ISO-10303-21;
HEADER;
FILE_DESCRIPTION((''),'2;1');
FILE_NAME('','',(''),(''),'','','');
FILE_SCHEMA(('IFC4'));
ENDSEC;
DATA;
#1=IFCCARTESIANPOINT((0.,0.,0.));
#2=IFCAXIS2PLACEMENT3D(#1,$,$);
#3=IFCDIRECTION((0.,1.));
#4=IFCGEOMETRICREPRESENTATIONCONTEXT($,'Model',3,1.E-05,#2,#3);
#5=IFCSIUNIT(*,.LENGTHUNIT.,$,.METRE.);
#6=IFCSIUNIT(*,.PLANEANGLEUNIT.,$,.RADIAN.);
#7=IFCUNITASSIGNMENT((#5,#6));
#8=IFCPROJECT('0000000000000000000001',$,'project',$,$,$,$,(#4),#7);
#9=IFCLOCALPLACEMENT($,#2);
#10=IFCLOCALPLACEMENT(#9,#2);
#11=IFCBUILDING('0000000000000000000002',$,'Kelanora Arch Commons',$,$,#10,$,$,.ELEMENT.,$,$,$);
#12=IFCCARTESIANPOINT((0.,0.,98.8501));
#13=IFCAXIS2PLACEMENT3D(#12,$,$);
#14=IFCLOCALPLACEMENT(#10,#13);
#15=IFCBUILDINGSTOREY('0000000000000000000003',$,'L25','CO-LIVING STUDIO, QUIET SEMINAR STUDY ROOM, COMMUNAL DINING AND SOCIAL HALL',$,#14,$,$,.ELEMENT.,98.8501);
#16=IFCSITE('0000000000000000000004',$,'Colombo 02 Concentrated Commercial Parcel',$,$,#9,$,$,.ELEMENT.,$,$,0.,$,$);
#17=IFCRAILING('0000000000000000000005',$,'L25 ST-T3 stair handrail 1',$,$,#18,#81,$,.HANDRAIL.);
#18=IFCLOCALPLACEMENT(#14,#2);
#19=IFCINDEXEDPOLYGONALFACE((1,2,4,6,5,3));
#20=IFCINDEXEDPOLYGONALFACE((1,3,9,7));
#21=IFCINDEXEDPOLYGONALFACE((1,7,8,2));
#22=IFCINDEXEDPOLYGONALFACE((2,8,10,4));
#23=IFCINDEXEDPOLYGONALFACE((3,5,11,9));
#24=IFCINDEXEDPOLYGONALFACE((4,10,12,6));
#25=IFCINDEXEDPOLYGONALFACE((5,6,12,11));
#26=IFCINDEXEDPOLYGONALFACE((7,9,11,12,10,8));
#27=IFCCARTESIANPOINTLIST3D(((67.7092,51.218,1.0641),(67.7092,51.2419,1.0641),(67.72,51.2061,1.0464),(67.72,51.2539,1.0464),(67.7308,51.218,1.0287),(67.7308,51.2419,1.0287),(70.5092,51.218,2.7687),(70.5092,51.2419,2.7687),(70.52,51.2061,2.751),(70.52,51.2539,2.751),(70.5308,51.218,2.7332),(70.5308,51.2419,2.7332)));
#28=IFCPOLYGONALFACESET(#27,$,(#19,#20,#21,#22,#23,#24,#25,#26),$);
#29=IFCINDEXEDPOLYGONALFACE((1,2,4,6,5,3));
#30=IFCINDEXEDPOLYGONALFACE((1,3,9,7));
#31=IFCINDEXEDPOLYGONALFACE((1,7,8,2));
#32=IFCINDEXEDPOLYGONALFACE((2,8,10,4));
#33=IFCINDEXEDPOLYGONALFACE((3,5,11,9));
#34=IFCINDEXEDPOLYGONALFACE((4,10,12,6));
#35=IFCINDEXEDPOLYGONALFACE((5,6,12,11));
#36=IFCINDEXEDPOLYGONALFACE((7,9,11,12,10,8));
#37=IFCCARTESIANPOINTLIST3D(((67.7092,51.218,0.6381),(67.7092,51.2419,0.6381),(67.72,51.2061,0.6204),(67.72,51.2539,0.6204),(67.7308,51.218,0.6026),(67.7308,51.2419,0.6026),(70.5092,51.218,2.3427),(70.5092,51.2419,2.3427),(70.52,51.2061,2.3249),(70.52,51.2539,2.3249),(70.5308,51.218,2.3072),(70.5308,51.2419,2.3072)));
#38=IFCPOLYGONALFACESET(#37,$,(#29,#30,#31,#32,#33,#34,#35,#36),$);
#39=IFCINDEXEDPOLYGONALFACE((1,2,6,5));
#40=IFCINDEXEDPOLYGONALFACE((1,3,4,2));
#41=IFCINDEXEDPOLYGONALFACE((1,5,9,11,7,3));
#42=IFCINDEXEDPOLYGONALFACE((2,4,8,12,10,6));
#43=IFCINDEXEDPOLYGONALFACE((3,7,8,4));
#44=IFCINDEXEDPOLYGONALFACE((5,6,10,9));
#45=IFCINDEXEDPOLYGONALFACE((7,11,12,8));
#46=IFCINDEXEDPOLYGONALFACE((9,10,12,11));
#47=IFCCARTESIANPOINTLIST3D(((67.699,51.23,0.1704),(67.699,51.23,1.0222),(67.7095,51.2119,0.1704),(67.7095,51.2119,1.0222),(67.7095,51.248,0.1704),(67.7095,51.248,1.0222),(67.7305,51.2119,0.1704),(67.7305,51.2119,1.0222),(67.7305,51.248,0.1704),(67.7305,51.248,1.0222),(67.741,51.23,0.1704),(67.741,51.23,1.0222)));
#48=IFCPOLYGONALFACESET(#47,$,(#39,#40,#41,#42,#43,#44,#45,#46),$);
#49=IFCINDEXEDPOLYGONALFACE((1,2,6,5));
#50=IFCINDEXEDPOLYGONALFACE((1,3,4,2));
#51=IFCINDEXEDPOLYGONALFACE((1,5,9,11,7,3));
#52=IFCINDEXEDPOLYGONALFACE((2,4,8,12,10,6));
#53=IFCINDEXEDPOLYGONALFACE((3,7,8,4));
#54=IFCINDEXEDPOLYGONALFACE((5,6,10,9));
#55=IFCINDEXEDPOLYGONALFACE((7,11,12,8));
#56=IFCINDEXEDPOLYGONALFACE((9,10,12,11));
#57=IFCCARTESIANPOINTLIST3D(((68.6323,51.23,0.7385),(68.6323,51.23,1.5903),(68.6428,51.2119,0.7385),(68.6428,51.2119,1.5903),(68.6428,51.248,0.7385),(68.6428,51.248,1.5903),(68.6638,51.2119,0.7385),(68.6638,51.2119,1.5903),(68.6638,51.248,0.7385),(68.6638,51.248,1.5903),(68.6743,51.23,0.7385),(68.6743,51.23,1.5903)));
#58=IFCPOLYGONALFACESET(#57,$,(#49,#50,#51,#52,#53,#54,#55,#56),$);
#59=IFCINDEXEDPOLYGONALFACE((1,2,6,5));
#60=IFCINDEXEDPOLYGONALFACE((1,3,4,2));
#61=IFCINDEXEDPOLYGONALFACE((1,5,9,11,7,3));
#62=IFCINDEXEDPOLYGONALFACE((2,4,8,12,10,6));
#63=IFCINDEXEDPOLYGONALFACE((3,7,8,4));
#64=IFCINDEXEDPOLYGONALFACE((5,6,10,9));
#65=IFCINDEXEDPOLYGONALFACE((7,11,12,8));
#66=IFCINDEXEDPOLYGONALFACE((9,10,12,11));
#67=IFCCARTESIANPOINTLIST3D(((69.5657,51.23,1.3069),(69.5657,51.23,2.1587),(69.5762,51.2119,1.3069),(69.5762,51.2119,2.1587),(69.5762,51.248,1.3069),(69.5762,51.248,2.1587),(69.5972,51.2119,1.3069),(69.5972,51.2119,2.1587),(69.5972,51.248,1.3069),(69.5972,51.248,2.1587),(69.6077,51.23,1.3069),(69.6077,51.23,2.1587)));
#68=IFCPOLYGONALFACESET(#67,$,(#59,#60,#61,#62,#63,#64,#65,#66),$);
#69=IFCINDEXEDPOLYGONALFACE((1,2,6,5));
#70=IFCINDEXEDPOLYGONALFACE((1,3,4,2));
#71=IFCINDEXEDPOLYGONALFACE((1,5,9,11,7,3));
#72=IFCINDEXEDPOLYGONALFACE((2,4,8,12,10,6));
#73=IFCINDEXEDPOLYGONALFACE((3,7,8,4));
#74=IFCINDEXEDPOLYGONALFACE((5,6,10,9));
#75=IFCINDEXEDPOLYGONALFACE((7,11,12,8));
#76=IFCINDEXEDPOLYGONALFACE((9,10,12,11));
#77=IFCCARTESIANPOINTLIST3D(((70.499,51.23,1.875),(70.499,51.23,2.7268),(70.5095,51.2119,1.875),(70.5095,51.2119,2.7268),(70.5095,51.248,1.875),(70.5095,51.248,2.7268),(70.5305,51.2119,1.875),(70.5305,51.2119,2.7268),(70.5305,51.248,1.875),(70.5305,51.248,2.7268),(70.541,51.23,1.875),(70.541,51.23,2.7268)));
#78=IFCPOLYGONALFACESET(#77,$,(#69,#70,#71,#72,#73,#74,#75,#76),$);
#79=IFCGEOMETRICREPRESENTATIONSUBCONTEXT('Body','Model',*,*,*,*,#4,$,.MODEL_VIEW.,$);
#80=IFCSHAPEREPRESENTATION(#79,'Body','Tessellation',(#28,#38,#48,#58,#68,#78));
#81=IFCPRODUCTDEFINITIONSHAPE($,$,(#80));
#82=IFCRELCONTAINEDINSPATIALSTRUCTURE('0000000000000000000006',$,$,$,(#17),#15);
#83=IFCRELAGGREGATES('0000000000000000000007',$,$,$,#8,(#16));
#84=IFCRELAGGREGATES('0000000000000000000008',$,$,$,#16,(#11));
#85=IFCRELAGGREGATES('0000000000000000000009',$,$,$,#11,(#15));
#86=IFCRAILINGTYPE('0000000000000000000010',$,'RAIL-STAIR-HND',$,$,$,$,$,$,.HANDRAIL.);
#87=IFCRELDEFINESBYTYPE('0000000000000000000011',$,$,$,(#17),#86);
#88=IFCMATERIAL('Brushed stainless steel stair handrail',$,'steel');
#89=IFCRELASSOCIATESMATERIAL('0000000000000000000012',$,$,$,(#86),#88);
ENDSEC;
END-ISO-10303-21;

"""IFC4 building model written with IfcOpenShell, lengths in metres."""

from ifc_helpers import new_model, si_unit, direction, frame, origin, place, context, subcontext, project, spatial, polyline, outline, extrude, material, type_object, element, save


model = new_model("IFC4")

# Units and contexts
model_context = context("Model", 3, precision=1e-05, world=origin(), true_north=direction((0.0, 1.0)))
body_context = subcontext(model_context, "Body", "Model", "MODEL_VIEW")
ifc_project = project(units=[si_unit("LENGTHUNIT", "METRE"), si_unit("PLANEANGLEUNIT", "RADIAN")], contexts=[model_context])

# Site, building, storey
site_placement = place(None, origin())
site = spatial("IfcSite", under=ifc_project, at=site_placement, Name="Colombo 02 Concentrated Commercial Parcel", CompositionType="ELEMENT", RefElevation=0.0)
building_placement = place(site_placement, origin())
building = spatial("IfcBuilding", under=site, at=building_placement, Name="Kelanora Arch Commons", CompositionType="ELEMENT")
storey_placement = place(building_placement, frame((0.0, 0.0, 98.8501)))
storey = spatial("IfcBuildingStorey", under=building, at=storey_placement, Name="L25", Description="CO-LIVING STUDIO, QUIET SEMINAR STUDY ROOM, COMMUNAL DINING AND SOCIAL HALL", CompositionType="ELEMENT", Elevation=98.8501)

# Railing
ifc_material_1 = material(Name="Brushed stainless steel stair handrail", Category="steel")
railing_type_1 = type_object("IfcRailingType", Name="RAIL-STAIR-HND", PredefinedType="HANDRAIL", material=ifc_material_1)
railing_1_placement = place(storey_placement, frame((67.72, 51.23, 0.1704)))
element("IfcRailing", 1, at=railing_1_placement, inside=storey, type_object=railing_type_1, Name="L25 ST-T3 stair handrail 1", PredefinedType="HANDRAIL", context=body_context, shape_type="SweptSolid", body=[
    extrude(outline(polyline([(0.0239, 0.0), (0.012, 0.0208), (-0.012, 0.0208), (-0.0239, 0.0), (-0.012, -0.0208), (0.012, -0.0208), (0.0239, 0.0)])), frame((0.0, 0.0, 0.876), z_axis=(0.85417, 0.0, 0.519994), x_axis=(0.0, 1.0, 0.0)), (0.0, 0.0, 1.0), 3.2781),
    extrude(outline(polyline([(0.0239, 0.0), (0.012, 0.0208), (-0.012, 0.0208), (-0.0239, 0.0), (-0.012, -0.0208), (0.012, -0.0208), (0.0239, 0.0)])), frame((0.0, 0.0, 0.45), z_axis=(0.85417, 0.0, 0.519994), x_axis=(0.0, 1.0, 0.0)), (0.0, 0.0, 1.0), 3.2781),
    extrude(outline(polyline([(0.021, 0.0), (0.0105, 0.0181), (-0.0105, 0.0181), (-0.021, 0.0), (-0.0105, -0.0181), (0.0105, -0.0181), (0.021, 0.0)])), origin(), (0.0, 0.0, 1.0), 0.8518),
    extrude(outline(polyline([(0.021, 0.0), (0.0105, 0.0181), (-0.0105, 0.0181), (-0.021, 0.0), (-0.0105, -0.0181), (0.0105, -0.0181), (0.021, 0.0)])), frame((0.9333, 0.0, 0.5681)), (0.0, 0.0, 1.0), 0.8518),
    extrude(outline(polyline([(0.021, 0.0), (0.0105, 0.0181), (-0.0105, 0.0181), (-0.021, 0.0), (-0.0105, -0.0181), (0.0105, -0.0181), (0.021, 0.0)])), frame((1.8667, 0.0, 1.1365)), (0.0, 0.0, 1.0), 0.8518),
    extrude(outline(polyline([(0.021, 0.0), (0.0105, 0.0181), (-0.0105, 0.0181), (-0.021, 0.0), (-0.0105, -0.0181), (0.0105, -0.0181), (0.021, 0.0)])), frame((2.8, 0.0, 1.7046)), (0.0, 0.0, 1.0), 0.8518),
])

save(model, "model.ifc")
